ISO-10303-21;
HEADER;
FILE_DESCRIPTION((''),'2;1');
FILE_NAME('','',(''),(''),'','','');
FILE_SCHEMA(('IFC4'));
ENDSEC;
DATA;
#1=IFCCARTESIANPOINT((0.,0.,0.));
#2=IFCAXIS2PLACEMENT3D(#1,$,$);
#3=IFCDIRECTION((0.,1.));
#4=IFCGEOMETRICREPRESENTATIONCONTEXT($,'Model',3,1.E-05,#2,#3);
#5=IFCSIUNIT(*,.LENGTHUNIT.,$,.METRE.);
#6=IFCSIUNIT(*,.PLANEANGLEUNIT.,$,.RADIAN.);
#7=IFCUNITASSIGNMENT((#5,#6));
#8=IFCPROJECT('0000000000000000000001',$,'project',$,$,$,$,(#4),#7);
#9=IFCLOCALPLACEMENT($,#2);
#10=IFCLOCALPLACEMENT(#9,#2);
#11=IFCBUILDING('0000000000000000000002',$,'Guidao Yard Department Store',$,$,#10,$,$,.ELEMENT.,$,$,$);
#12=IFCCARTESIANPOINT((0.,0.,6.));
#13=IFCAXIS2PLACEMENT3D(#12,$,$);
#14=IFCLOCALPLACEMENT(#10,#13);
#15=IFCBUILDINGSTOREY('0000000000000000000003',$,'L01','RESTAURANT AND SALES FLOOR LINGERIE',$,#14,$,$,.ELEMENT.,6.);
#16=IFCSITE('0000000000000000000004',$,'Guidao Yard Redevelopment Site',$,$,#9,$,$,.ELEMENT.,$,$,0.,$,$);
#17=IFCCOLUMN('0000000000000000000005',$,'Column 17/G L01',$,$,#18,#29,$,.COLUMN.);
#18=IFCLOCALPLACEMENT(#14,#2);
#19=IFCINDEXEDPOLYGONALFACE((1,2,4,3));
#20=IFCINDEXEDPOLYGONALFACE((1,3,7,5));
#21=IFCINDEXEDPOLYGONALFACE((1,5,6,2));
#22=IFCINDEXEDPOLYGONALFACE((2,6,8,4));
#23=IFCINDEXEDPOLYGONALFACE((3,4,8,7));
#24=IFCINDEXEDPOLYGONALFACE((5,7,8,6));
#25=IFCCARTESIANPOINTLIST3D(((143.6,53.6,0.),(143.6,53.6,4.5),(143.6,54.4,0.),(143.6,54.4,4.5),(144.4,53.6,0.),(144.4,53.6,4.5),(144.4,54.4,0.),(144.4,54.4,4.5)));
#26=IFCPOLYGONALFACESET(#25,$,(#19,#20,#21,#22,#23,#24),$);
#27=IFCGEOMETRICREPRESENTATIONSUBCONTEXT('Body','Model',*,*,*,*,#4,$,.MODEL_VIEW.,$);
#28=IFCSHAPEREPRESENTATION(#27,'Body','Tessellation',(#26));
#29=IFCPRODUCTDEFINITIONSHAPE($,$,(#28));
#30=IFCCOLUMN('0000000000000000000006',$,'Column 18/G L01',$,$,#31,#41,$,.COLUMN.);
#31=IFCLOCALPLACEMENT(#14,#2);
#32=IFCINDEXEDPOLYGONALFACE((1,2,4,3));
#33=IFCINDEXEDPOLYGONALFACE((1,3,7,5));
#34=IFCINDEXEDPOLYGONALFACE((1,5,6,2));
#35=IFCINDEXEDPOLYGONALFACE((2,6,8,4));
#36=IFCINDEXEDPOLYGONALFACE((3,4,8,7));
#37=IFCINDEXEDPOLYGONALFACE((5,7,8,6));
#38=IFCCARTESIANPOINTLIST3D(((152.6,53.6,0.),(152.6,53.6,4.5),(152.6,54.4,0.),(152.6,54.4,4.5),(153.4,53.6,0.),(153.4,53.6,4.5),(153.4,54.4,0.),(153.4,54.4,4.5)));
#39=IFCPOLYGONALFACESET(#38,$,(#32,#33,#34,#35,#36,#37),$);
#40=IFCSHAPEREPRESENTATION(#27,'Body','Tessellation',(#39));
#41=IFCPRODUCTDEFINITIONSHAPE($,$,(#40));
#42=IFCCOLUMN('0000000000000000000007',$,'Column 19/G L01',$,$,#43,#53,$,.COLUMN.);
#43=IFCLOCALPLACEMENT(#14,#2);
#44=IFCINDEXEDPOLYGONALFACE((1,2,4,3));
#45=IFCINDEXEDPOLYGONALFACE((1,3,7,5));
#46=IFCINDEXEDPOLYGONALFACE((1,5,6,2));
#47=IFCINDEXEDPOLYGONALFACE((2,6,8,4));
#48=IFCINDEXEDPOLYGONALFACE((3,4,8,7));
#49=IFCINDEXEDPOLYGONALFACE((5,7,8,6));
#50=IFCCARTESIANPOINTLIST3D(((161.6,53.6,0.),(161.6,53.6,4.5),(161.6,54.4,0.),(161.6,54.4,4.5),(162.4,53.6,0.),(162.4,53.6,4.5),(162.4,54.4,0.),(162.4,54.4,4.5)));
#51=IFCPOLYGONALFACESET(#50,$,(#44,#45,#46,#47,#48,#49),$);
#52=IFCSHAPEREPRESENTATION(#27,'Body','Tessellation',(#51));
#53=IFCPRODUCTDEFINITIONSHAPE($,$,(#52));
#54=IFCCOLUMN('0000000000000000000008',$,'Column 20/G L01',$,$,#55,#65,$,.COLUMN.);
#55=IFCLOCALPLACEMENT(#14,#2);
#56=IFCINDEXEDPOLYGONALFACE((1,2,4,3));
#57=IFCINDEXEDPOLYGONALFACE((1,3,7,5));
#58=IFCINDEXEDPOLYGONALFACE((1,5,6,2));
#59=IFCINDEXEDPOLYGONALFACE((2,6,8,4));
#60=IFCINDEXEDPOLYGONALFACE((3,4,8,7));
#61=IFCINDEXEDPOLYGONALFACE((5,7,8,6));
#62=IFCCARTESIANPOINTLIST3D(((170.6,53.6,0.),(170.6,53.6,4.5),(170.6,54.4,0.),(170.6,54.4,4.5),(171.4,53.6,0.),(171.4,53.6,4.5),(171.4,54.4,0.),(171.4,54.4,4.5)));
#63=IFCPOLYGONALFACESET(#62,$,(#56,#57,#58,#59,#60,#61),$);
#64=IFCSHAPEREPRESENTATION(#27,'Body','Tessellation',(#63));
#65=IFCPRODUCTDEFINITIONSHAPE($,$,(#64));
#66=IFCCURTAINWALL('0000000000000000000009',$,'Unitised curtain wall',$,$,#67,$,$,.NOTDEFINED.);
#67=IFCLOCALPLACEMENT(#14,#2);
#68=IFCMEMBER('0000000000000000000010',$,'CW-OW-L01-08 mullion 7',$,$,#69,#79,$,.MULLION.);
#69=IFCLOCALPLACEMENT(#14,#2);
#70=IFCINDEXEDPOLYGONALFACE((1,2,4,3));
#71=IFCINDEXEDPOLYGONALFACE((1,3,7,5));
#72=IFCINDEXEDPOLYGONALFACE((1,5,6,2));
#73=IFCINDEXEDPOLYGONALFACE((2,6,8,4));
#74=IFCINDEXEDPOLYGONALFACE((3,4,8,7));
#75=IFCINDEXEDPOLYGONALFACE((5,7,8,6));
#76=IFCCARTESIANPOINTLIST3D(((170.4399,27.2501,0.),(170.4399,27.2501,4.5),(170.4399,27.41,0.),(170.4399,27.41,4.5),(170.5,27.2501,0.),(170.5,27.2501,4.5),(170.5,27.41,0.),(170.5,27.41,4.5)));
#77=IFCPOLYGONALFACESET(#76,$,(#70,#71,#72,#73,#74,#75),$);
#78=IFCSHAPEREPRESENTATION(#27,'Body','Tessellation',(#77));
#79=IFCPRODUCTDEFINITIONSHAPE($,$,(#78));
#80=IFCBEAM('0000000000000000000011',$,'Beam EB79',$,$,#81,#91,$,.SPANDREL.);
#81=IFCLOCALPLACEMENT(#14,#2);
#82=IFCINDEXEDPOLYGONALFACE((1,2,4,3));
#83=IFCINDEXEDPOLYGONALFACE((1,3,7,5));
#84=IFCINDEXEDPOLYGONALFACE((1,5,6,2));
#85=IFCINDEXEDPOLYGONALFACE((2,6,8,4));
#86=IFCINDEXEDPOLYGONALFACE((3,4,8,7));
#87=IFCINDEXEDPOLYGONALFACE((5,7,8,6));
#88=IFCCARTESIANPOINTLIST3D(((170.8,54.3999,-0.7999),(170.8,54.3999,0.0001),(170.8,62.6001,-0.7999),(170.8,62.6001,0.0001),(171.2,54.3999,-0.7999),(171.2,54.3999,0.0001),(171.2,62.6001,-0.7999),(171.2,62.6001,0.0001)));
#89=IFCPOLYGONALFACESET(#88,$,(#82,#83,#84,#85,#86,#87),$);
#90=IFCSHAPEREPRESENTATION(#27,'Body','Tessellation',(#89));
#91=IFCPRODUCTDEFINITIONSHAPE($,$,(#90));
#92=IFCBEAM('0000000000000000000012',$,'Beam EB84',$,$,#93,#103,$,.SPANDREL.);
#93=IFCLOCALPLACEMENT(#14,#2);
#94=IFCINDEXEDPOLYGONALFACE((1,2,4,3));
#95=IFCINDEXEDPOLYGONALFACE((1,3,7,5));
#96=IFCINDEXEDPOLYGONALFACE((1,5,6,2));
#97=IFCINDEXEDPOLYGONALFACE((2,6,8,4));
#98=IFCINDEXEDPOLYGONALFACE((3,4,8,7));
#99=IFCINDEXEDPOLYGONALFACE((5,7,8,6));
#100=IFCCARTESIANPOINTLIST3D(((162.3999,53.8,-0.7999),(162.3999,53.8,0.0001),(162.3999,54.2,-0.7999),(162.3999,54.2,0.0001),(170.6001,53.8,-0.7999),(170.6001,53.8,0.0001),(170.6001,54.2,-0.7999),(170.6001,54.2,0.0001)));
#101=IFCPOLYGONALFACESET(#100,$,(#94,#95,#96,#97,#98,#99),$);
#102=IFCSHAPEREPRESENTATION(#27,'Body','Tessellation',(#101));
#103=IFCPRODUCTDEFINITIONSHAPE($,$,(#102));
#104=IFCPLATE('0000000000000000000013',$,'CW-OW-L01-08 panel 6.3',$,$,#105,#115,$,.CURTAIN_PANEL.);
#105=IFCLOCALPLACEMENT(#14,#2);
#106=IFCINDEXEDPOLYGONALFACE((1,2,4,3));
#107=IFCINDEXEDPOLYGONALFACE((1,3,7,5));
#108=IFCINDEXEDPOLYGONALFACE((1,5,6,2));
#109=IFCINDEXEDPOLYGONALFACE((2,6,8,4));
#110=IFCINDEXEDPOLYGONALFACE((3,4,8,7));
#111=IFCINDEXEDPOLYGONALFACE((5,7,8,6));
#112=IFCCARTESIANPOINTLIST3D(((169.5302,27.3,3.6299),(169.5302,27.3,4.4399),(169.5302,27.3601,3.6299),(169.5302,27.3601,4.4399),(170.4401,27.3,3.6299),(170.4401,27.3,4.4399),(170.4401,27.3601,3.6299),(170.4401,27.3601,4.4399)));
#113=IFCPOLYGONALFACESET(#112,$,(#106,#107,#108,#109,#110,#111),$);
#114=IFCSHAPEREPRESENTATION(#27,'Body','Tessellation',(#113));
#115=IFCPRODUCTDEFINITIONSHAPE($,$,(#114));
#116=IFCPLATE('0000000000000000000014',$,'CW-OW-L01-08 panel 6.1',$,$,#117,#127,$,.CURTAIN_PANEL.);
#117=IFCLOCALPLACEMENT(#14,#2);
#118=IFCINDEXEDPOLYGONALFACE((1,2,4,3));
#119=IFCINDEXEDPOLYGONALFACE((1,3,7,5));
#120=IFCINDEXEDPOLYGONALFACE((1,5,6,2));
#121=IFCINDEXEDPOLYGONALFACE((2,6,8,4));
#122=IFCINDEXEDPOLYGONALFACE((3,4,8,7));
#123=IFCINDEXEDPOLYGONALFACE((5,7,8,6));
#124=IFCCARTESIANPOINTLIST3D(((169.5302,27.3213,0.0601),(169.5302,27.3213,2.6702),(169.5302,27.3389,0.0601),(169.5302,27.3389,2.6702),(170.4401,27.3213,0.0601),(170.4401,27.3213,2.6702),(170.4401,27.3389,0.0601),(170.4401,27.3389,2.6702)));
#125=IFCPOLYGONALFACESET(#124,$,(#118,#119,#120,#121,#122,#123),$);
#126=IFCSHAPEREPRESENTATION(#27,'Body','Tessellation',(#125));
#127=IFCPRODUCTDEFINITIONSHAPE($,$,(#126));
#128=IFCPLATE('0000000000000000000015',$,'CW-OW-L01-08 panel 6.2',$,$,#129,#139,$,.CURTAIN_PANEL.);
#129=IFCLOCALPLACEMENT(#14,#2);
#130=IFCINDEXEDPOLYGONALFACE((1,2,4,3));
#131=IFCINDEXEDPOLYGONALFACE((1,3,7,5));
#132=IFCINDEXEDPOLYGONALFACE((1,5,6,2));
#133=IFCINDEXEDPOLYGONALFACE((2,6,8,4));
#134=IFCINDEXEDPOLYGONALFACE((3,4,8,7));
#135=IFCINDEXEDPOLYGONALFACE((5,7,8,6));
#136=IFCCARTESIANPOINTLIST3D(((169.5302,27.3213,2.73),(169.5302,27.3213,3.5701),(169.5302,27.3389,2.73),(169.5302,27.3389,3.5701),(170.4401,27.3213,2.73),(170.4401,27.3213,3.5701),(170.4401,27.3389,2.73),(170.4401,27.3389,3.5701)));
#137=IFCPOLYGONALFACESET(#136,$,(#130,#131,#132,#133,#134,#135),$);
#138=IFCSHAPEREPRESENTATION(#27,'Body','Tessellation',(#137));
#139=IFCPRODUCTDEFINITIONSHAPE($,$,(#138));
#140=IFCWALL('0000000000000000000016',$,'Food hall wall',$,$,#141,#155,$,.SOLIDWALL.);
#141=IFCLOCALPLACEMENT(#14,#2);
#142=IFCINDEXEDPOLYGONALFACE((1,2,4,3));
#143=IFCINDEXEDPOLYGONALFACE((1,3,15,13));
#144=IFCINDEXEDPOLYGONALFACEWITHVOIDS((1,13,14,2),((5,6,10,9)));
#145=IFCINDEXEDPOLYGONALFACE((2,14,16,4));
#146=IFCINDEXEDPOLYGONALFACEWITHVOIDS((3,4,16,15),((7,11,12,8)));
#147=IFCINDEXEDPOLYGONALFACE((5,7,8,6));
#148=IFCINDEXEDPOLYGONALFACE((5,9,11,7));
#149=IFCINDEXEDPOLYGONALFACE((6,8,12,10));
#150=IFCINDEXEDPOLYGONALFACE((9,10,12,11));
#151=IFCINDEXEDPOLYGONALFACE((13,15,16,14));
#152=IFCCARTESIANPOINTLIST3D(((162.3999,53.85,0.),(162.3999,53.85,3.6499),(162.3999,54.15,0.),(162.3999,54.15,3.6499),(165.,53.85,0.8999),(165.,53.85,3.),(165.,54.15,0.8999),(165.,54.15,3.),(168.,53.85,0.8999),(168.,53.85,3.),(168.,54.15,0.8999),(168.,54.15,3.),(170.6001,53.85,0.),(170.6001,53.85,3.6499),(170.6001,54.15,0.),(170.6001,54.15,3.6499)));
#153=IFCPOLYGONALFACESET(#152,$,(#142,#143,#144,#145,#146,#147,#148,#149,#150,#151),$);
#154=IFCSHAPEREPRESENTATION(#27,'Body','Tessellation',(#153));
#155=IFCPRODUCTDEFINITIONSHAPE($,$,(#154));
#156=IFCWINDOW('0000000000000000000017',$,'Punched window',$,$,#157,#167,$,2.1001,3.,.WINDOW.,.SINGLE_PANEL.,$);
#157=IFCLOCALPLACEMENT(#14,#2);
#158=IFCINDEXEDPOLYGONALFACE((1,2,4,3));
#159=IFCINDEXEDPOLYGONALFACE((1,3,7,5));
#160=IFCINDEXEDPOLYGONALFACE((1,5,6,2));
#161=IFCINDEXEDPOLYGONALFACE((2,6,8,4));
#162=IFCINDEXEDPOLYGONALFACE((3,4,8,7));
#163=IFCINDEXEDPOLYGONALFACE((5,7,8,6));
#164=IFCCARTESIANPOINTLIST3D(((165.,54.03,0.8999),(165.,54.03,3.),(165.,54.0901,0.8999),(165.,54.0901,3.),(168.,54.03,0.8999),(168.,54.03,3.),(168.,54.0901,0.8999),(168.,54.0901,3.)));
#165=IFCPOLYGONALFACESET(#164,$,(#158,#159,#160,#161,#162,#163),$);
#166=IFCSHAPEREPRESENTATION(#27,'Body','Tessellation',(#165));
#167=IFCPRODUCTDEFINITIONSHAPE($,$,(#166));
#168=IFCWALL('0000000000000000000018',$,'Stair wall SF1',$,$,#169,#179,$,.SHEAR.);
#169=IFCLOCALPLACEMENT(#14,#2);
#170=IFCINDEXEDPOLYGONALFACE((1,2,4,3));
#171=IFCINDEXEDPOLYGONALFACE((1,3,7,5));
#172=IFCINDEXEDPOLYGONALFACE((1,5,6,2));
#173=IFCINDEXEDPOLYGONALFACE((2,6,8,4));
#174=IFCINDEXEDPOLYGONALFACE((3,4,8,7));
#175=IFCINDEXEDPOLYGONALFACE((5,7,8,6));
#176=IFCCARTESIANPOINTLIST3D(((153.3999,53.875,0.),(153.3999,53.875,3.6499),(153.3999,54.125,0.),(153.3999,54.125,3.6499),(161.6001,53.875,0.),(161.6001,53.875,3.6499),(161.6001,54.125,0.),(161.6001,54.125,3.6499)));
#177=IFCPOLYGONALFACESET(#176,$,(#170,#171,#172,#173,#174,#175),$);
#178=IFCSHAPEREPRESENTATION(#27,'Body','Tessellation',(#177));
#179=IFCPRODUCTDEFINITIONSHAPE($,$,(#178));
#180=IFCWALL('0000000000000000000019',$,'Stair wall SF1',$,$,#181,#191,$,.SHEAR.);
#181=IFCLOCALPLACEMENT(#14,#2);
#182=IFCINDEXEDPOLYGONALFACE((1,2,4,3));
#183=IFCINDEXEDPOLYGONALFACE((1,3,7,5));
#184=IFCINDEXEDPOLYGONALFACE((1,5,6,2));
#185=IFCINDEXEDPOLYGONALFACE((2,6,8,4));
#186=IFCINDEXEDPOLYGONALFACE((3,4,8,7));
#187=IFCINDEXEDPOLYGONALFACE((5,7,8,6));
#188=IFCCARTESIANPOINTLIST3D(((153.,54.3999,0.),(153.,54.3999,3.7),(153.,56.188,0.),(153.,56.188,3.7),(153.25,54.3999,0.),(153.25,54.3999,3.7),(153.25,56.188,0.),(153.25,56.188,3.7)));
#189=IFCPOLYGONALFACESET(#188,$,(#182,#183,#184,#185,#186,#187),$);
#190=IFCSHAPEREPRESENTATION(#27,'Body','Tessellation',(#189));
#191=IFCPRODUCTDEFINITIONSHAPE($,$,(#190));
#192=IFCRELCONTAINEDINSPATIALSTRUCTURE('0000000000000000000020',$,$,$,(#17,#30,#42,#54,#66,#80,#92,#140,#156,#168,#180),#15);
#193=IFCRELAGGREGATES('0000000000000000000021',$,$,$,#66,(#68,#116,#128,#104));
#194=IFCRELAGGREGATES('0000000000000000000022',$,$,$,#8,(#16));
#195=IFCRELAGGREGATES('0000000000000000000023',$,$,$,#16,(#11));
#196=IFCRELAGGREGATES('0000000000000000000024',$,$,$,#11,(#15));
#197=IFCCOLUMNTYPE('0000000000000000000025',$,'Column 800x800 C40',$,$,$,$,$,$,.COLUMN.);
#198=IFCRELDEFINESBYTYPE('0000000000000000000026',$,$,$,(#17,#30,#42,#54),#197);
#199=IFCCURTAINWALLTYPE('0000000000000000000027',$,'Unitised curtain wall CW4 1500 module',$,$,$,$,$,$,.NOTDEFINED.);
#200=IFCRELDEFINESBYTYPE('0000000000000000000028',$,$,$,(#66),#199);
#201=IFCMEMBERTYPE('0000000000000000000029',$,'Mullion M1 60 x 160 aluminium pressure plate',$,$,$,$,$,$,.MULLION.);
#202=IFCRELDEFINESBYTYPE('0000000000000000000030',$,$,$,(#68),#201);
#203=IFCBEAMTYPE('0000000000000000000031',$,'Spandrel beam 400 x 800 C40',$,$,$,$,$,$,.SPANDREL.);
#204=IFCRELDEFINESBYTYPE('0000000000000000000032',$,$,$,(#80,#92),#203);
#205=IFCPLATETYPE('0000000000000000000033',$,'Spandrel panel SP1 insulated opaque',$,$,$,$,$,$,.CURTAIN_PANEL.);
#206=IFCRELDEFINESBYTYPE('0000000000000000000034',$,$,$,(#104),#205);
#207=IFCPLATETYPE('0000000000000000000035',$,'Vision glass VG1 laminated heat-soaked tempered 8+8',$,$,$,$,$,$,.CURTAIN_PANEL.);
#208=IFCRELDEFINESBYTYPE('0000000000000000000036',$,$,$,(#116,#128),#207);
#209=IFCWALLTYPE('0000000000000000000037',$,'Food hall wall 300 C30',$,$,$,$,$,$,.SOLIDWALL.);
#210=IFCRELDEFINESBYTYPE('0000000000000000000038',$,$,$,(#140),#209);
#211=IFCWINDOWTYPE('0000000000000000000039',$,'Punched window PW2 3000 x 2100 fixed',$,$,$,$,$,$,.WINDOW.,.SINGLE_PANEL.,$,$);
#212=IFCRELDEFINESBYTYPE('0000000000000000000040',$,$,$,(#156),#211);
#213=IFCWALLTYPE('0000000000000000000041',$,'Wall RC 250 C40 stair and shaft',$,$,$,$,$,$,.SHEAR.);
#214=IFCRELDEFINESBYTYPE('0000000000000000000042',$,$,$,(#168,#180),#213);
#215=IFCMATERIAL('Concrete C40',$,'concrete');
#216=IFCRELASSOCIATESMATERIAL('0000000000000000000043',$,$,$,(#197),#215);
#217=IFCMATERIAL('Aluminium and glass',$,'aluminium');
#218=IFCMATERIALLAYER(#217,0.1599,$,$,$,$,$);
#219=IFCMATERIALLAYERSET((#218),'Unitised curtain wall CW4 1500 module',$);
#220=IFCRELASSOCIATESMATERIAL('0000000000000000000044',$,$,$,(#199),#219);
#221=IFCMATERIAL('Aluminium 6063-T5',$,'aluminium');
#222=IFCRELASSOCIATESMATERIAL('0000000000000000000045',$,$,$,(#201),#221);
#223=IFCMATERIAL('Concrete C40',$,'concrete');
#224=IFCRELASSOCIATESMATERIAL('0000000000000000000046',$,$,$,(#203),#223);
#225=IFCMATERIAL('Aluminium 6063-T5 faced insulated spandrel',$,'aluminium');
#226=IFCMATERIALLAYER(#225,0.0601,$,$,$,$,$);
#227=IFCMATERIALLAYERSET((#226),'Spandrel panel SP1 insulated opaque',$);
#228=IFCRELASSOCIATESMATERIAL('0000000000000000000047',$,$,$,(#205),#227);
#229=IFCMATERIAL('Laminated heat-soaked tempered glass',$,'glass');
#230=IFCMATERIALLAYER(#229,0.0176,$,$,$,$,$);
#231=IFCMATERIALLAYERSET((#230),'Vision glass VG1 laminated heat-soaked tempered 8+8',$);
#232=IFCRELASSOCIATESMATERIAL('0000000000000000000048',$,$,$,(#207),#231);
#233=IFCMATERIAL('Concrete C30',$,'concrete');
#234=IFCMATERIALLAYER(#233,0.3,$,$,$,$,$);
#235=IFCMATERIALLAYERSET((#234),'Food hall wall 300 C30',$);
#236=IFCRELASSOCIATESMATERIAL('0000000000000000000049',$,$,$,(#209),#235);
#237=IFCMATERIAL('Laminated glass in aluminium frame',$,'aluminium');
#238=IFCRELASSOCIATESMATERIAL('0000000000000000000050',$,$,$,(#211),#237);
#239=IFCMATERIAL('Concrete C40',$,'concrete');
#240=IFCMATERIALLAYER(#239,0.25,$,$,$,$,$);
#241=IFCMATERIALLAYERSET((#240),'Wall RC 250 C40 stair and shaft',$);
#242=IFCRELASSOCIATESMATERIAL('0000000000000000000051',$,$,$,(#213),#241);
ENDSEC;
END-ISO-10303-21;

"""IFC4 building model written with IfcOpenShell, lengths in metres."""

from ifc_helpers import new_model, si_unit, direction, frame, frame_2d, origin, origin_2d, place, context, subcontext, project, spatial, rectangle, extrude, material, layer, layer_set, material_profile, profile_set, type_object, element, fill, aggregate, save


model = new_model("IFC4")

# Units and contexts
model_context = context("Model", 3, precision=1e-05, world=origin(), true_north=direction((0.0, 1.0)))
body_context = subcontext(model_context, "Body", "Model", "MODEL_VIEW")
ifc_project = project(units=[si_unit("LENGTHUNIT", "METRE"), si_unit("PLANEANGLEUNIT", "RADIAN")], contexts=[model_context])

# Site, building, storey
site_placement = place(None, origin())
site = spatial("IfcSite", under=ifc_project, at=site_placement, Name="Guidao Yard Redevelopment Site", CompositionType="ELEMENT", RefElevation=0.0)
building_placement = place(site_placement, origin())
building = spatial("IfcBuilding", under=site, at=building_placement, Name="Guidao Yard Department Store", CompositionType="ELEMENT")
storey_placement = place(building_placement, frame((0.0, 0.0, 6.0)))
storey = spatial("IfcBuildingStorey", under=building, at=storey_placement, Name="L01", Description="RESTAURANT AND SALES FLOOR LINGERIE", CompositionType="ELEMENT", Elevation=6.0)

# Columns
ifc_material_1 = material(Name="Concrete C40", Category="concrete")
ifc_material_profile_1 = material_profile(ifc_material_1, rectangle(XDim=0.8, YDim=0.8, at=origin_2d()), Name="COL 800x800")
ifc_profile_set_1 = profile_set([ifc_material_profile_1], Name="Concrete C40")
column_type = type_object("IfcColumnType", Name="Column 800x800 C40", PredefinedType="COLUMN", material=ifc_profile_set_1)
for number, where, z_axis, x_axis, name in (
    (1, (144.0, 54.0, 0.0), (0.0, 0.0, 1.0), (1.0, 0.0, 0.0), "Column 17/G L01"),
    (2, (153.0, 54.0, 0.0), (0.0, 0.0, 1.0), (1.0, 0.0, 0.0), "Column 18/G L01"),
    (3, (162.0, 54.0, 0.0), (0.0, 0.0, 1.0), (1.0, 0.0, 0.0), "Column 19/G L01"),
    (4, (171.0, 54.0, 0.0), (0.0, 0.0, 1.0), (1.0, 0.0, 0.0), "Column 20/G L01"),
):
    element("IfcColumn", number, at=place(storey_placement, frame(where, z_axis=z_axis, x_axis=x_axis)), inside=storey, type_object=column_type, Name=name, PredefinedType="COLUMN", context=body_context, shape_type="SweptSolid", body=[
        extrude(rectangle(XDim=0.8, YDim=0.8, at=origin_2d()), origin(), (0.0, 0.0, 1.0), 4.5),
    ])

# Curtain wall, member
ifc_material_2 = material(Name="Aluminium and glass", Category="aluminium")
ifc_layer_1 = layer(ifc_material_2, 0.1599)
ifc_layer_set_1 = layer_set([ifc_layer_1], Name="Unitised curtain wall CW4 1500 module")
curtain_wall_type = type_object("IfcCurtainWallType", Name="Unitised curtain wall CW4 1500 module", PredefinedType="NOTDEFINED", material=ifc_layer_set_1)
curtain_wall_placement = place(storey_placement, origin())
curtain_wall = element("IfcCurtainWall", 5, at=curtain_wall_placement, inside=storey, type_object=curtain_wall_type, Name="Unitised curtain wall", PredefinedType="NOTDEFINED")
ifc_material_3 = material(Name="Aluminium 6063-T5", Category="aluminium")
ifc_material_profile_2 = material_profile(ifc_material_3, rectangle(XDim=0.0601, YDim=0.1599, at=origin_2d()), Name="Mullion M1 60 x 160 aluminium pressure plate")
ifc_profile_set_2 = profile_set([ifc_material_profile_2], Name="Aluminium 6063-T5")
member_type = type_object("IfcMemberType", Name="Mullion M1 60 x 160 aluminium pressure plate", PredefinedType="MULLION", material=ifc_profile_set_2)
member_placement = place(storey_placement, frame((170.47, 27.3301, 0.0), z_axis=(0.0, 0.0, 1.0), x_axis=(1.0, 0.0, 0.0)))
member = element("IfcMember", 6, at=member_placement, type_object=member_type, Name="CW-OW-L01-08 mullion 7", PredefinedType="MULLION", context=body_context, shape_type="SweptSolid", body=[
    extrude(rectangle(XDim=0.0601, YDim=0.1599, at=origin_2d()), origin(), (0.0, 0.0, 1.0), 4.5),
])

# Beams
ifc_material_4 = material(Name="Concrete C40", Category="concrete")
ifc_material_profile_3 = material_profile(ifc_material_4, rectangle(XDim=0.3999, YDim=0.8, at=origin_2d()), Name="Spandrel beam 400 x 800 C40")
ifc_profile_set_3 = profile_set([ifc_material_profile_3], Name="Concrete C40")
beam_type = type_object("IfcBeamType", Name="Spandrel beam 400 x 800 C40", PredefinedType="SPANDREL", material=ifc_profile_set_3)
for number, where, z_axis, x_axis, name in (
    (7, (171.0, 54.3999, -0.3999), (0.0, 1.0, 0.0), (-1.0, 0.0, 0.0), "Beam EB79"),
    (8, (162.3999, 54.0, -0.3999), (1.0, 0.0, 0.0), (0.0, 1.0, 0.0), "Beam EB84"),
):
    element("IfcBeam", number, at=place(storey_placement, frame(where, z_axis=z_axis, x_axis=x_axis)), inside=storey, type_object=beam_type, Name=name, PredefinedType="SPANDREL", context=body_context, shape_type="SweptSolid", body=[
        extrude(rectangle(XDim=0.3999, YDim=0.8, at=origin_2d()), origin(), (0.0, 0.0, 1.0), 8.2002),
    ])

# Plates
ifc_material_5 = material(Name="Aluminium 6063-T5 faced insulated spandrel", Category="aluminium")
ifc_layer_2 = layer(ifc_material_5, 0.0601)
ifc_layer_set_2 = layer_set([ifc_layer_2], Name="Spandrel panel SP1 insulated opaque")
plate_type_1 = type_object("IfcPlateType", Name="Spandrel panel SP1 insulated opaque", PredefinedType="CURTAIN_PANEL", material=ifc_layer_set_2)
plate_1_placement = place(storey_placement, frame((169.9851, 27.3301, 3.6299), z_axis=(0.0, 0.0, 1.0), x_axis=(1.0, 0.0, 0.0)))
plate_1 = element("IfcPlate", 9, at=plate_1_placement, type_object=plate_type_1, Name="CW-OW-L01-08 panel 6.3", PredefinedType="CURTAIN_PANEL", context=body_context, shape_type="SweptSolid", body=[
    extrude(rectangle(XDim=0.9099, YDim=0.0601, at=origin_2d()), origin(), (0.0, 0.0, 1.0), 0.8101),
])
ifc_material_6 = material(Name="Laminated heat-soaked tempered glass", Category="glass")
ifc_layer_3 = layer(ifc_material_6, 0.0176)
ifc_layer_set_3 = layer_set([ifc_layer_3], Name="Vision glass VG1 laminated heat-soaked tempered 8+8")
plate_type_2 = type_object("IfcPlateType", Name="Vision glass VG1 laminated heat-soaked tempered 8+8", PredefinedType="CURTAIN_PANEL", material=ifc_layer_set_3)
plate_2_placement = place(storey_placement, frame((169.9851, 27.3301, 0.0601), z_axis=(0.0, 0.0, 1.0), x_axis=(1.0, 0.0, 0.0)))
plate_2 = element("IfcPlate", 10, at=plate_2_placement, type_object=plate_type_2, Name="CW-OW-L01-08 panel 6.1", PredefinedType="CURTAIN_PANEL", context=body_context, shape_type="SweptSolid", body=[
    extrude(rectangle(XDim=0.9099, YDim=0.0176, at=origin_2d()), origin(), (0.0, 0.0, 1.0), 2.6101),
])
plate_3_placement = place(storey_placement, frame((169.9851, 27.3301, 2.73), z_axis=(0.0, 0.0, 1.0), x_axis=(1.0, 0.0, 0.0)))
plate_3 = element("IfcPlate", 11, at=plate_3_placement, type_object=plate_type_2, Name="CW-OW-L01-08 panel 6.2", PredefinedType="CURTAIN_PANEL", context=body_context, shape_type="SweptSolid", body=[
    extrude(rectangle(XDim=0.9099, YDim=0.0176, at=origin_2d()), origin(), (0.0, 0.0, 1.0), 0.8401),
])
aggregate(curtain_wall, [member, plate_2, plate_3, plate_1])

# Wall, opening, window
ifc_material_7 = material(Name="Concrete C30", Category="concrete")
ifc_layer_4 = layer(ifc_material_7, 0.3)
ifc_layer_set_4 = layer_set([ifc_layer_4], Name="Food hall wall 300 C30")
wall_type_1 = type_object("IfcWallType", Name="Food hall wall 300 C30", PredefinedType="SOLIDWALL", material=ifc_layer_set_4)
wall_1_placement = place(storey_placement, frame((170.6001, 54.0, 0.0), z_axis=(0.0, 0.0, 1.0), x_axis=(-1.0, 0.0, 0.0)))
wall_1 = element("IfcWall", 12, at=wall_1_placement, inside=storey, type_object=wall_type_1, Name="Food hall wall", PredefinedType="SOLIDWALL", context=body_context, shape_type="SweptSolid", body=[
    extrude(rectangle(XDim=8.2002, YDim=0.3, at=frame_2d((4.1001, 0.0))), origin(), (0.0, 0.0, 1.0), 3.6499),
])
opening_1_placement = place(wall_1_placement, frame((2.6001, 0.0, 0.8999)))
opening_1 = element("IfcOpeningElement", 13, at=opening_1_placement, cuts=wall_1, PredefinedType="OPENING", context=body_context, shape_type="SweptSolid", body=[
    extrude(rectangle(XDim=3.0, YDim=2.1001, at=frame_2d((1.5, 1.05))), frame((0.0, 0.1599, 0.0), z_axis=(0.0, -1.0, 0.0), x_axis=(1.0, 0.0, 0.0)), (0.0, 0.0, 1.0), 0.3201),
])
ifc_material_8 = material(Name="Laminated glass in aluminium frame", Category="aluminium")
window_type = type_object("IfcWindowType", Name="Punched window PW2 3000 x 2100 fixed", PartitioningType="SINGLE_PANEL", PredefinedType="WINDOW", material=ifc_material_8)
window_placement = place(opening_1_placement, origin())
window = element("IfcWindow", 14, at=window_placement, inside=storey, type_object=window_type, Name="Punched window", OverallHeight=2.1001, OverallWidth=3.0, PartitioningType="SINGLE_PANEL", PredefinedType="WINDOW", context=body_context, shape_type="SweptSolid", body=[
    extrude(rectangle(XDim=3.0, YDim=2.1001, at=frame_2d((1.5, 1.05))), frame((0.0, -0.03, 0.0), z_axis=(0.0, -1.0, 0.0), x_axis=(1.0, 0.0, 0.0)), (0.0, 0.0, 1.0), 0.0601),
])
fill(opening_1, window)

# Walls
ifc_material_9 = material(Name="Concrete C40", Category="concrete")
ifc_layer_5 = layer(ifc_material_9, 0.25)
ifc_layer_set_5 = layer_set([ifc_layer_5], Name="Wall RC 250 C40 stair and shaft")
wall_type_2 = type_object("IfcWallType", Name="Wall RC 250 C40 stair and shaft", PredefinedType="SHEAR", material=ifc_layer_set_5)
wall_2_placement = place(storey_placement, frame((153.3999, 54.0, 0.0), z_axis=(0.0, 0.0, 1.0), x_axis=(1.0, 0.0, 0.0)))
element("IfcWall", 15, at=wall_2_placement, inside=storey, type_object=wall_type_2, Name="Stair wall SF1", PredefinedType="SHEAR", context=body_context, shape_type="SweptSolid", body=[
    extrude(rectangle(XDim=8.2002, YDim=0.25, at=frame_2d((4.1001, 0.0))), origin(), (0.0, 0.0, 1.0), 3.6499),
])
wall_3_placement = place(storey_placement, frame((153.125, 54.3999, 0.0), z_axis=(0.0, 0.0, 1.0), x_axis=(0.0, 1.0, 0.0)))
element("IfcWall", 16, at=wall_3_placement, inside=storey, type_object=wall_type_2, Name="Stair wall SF1", PredefinedType="SHEAR", context=body_context, shape_type="SweptSolid", body=[
    extrude(rectangle(XDim=1.7881, YDim=0.25, at=frame_2d((0.894, 0.0))), origin(), (0.0, 0.0, 1.0), 3.7),
])

save(model, "model.ifc")
